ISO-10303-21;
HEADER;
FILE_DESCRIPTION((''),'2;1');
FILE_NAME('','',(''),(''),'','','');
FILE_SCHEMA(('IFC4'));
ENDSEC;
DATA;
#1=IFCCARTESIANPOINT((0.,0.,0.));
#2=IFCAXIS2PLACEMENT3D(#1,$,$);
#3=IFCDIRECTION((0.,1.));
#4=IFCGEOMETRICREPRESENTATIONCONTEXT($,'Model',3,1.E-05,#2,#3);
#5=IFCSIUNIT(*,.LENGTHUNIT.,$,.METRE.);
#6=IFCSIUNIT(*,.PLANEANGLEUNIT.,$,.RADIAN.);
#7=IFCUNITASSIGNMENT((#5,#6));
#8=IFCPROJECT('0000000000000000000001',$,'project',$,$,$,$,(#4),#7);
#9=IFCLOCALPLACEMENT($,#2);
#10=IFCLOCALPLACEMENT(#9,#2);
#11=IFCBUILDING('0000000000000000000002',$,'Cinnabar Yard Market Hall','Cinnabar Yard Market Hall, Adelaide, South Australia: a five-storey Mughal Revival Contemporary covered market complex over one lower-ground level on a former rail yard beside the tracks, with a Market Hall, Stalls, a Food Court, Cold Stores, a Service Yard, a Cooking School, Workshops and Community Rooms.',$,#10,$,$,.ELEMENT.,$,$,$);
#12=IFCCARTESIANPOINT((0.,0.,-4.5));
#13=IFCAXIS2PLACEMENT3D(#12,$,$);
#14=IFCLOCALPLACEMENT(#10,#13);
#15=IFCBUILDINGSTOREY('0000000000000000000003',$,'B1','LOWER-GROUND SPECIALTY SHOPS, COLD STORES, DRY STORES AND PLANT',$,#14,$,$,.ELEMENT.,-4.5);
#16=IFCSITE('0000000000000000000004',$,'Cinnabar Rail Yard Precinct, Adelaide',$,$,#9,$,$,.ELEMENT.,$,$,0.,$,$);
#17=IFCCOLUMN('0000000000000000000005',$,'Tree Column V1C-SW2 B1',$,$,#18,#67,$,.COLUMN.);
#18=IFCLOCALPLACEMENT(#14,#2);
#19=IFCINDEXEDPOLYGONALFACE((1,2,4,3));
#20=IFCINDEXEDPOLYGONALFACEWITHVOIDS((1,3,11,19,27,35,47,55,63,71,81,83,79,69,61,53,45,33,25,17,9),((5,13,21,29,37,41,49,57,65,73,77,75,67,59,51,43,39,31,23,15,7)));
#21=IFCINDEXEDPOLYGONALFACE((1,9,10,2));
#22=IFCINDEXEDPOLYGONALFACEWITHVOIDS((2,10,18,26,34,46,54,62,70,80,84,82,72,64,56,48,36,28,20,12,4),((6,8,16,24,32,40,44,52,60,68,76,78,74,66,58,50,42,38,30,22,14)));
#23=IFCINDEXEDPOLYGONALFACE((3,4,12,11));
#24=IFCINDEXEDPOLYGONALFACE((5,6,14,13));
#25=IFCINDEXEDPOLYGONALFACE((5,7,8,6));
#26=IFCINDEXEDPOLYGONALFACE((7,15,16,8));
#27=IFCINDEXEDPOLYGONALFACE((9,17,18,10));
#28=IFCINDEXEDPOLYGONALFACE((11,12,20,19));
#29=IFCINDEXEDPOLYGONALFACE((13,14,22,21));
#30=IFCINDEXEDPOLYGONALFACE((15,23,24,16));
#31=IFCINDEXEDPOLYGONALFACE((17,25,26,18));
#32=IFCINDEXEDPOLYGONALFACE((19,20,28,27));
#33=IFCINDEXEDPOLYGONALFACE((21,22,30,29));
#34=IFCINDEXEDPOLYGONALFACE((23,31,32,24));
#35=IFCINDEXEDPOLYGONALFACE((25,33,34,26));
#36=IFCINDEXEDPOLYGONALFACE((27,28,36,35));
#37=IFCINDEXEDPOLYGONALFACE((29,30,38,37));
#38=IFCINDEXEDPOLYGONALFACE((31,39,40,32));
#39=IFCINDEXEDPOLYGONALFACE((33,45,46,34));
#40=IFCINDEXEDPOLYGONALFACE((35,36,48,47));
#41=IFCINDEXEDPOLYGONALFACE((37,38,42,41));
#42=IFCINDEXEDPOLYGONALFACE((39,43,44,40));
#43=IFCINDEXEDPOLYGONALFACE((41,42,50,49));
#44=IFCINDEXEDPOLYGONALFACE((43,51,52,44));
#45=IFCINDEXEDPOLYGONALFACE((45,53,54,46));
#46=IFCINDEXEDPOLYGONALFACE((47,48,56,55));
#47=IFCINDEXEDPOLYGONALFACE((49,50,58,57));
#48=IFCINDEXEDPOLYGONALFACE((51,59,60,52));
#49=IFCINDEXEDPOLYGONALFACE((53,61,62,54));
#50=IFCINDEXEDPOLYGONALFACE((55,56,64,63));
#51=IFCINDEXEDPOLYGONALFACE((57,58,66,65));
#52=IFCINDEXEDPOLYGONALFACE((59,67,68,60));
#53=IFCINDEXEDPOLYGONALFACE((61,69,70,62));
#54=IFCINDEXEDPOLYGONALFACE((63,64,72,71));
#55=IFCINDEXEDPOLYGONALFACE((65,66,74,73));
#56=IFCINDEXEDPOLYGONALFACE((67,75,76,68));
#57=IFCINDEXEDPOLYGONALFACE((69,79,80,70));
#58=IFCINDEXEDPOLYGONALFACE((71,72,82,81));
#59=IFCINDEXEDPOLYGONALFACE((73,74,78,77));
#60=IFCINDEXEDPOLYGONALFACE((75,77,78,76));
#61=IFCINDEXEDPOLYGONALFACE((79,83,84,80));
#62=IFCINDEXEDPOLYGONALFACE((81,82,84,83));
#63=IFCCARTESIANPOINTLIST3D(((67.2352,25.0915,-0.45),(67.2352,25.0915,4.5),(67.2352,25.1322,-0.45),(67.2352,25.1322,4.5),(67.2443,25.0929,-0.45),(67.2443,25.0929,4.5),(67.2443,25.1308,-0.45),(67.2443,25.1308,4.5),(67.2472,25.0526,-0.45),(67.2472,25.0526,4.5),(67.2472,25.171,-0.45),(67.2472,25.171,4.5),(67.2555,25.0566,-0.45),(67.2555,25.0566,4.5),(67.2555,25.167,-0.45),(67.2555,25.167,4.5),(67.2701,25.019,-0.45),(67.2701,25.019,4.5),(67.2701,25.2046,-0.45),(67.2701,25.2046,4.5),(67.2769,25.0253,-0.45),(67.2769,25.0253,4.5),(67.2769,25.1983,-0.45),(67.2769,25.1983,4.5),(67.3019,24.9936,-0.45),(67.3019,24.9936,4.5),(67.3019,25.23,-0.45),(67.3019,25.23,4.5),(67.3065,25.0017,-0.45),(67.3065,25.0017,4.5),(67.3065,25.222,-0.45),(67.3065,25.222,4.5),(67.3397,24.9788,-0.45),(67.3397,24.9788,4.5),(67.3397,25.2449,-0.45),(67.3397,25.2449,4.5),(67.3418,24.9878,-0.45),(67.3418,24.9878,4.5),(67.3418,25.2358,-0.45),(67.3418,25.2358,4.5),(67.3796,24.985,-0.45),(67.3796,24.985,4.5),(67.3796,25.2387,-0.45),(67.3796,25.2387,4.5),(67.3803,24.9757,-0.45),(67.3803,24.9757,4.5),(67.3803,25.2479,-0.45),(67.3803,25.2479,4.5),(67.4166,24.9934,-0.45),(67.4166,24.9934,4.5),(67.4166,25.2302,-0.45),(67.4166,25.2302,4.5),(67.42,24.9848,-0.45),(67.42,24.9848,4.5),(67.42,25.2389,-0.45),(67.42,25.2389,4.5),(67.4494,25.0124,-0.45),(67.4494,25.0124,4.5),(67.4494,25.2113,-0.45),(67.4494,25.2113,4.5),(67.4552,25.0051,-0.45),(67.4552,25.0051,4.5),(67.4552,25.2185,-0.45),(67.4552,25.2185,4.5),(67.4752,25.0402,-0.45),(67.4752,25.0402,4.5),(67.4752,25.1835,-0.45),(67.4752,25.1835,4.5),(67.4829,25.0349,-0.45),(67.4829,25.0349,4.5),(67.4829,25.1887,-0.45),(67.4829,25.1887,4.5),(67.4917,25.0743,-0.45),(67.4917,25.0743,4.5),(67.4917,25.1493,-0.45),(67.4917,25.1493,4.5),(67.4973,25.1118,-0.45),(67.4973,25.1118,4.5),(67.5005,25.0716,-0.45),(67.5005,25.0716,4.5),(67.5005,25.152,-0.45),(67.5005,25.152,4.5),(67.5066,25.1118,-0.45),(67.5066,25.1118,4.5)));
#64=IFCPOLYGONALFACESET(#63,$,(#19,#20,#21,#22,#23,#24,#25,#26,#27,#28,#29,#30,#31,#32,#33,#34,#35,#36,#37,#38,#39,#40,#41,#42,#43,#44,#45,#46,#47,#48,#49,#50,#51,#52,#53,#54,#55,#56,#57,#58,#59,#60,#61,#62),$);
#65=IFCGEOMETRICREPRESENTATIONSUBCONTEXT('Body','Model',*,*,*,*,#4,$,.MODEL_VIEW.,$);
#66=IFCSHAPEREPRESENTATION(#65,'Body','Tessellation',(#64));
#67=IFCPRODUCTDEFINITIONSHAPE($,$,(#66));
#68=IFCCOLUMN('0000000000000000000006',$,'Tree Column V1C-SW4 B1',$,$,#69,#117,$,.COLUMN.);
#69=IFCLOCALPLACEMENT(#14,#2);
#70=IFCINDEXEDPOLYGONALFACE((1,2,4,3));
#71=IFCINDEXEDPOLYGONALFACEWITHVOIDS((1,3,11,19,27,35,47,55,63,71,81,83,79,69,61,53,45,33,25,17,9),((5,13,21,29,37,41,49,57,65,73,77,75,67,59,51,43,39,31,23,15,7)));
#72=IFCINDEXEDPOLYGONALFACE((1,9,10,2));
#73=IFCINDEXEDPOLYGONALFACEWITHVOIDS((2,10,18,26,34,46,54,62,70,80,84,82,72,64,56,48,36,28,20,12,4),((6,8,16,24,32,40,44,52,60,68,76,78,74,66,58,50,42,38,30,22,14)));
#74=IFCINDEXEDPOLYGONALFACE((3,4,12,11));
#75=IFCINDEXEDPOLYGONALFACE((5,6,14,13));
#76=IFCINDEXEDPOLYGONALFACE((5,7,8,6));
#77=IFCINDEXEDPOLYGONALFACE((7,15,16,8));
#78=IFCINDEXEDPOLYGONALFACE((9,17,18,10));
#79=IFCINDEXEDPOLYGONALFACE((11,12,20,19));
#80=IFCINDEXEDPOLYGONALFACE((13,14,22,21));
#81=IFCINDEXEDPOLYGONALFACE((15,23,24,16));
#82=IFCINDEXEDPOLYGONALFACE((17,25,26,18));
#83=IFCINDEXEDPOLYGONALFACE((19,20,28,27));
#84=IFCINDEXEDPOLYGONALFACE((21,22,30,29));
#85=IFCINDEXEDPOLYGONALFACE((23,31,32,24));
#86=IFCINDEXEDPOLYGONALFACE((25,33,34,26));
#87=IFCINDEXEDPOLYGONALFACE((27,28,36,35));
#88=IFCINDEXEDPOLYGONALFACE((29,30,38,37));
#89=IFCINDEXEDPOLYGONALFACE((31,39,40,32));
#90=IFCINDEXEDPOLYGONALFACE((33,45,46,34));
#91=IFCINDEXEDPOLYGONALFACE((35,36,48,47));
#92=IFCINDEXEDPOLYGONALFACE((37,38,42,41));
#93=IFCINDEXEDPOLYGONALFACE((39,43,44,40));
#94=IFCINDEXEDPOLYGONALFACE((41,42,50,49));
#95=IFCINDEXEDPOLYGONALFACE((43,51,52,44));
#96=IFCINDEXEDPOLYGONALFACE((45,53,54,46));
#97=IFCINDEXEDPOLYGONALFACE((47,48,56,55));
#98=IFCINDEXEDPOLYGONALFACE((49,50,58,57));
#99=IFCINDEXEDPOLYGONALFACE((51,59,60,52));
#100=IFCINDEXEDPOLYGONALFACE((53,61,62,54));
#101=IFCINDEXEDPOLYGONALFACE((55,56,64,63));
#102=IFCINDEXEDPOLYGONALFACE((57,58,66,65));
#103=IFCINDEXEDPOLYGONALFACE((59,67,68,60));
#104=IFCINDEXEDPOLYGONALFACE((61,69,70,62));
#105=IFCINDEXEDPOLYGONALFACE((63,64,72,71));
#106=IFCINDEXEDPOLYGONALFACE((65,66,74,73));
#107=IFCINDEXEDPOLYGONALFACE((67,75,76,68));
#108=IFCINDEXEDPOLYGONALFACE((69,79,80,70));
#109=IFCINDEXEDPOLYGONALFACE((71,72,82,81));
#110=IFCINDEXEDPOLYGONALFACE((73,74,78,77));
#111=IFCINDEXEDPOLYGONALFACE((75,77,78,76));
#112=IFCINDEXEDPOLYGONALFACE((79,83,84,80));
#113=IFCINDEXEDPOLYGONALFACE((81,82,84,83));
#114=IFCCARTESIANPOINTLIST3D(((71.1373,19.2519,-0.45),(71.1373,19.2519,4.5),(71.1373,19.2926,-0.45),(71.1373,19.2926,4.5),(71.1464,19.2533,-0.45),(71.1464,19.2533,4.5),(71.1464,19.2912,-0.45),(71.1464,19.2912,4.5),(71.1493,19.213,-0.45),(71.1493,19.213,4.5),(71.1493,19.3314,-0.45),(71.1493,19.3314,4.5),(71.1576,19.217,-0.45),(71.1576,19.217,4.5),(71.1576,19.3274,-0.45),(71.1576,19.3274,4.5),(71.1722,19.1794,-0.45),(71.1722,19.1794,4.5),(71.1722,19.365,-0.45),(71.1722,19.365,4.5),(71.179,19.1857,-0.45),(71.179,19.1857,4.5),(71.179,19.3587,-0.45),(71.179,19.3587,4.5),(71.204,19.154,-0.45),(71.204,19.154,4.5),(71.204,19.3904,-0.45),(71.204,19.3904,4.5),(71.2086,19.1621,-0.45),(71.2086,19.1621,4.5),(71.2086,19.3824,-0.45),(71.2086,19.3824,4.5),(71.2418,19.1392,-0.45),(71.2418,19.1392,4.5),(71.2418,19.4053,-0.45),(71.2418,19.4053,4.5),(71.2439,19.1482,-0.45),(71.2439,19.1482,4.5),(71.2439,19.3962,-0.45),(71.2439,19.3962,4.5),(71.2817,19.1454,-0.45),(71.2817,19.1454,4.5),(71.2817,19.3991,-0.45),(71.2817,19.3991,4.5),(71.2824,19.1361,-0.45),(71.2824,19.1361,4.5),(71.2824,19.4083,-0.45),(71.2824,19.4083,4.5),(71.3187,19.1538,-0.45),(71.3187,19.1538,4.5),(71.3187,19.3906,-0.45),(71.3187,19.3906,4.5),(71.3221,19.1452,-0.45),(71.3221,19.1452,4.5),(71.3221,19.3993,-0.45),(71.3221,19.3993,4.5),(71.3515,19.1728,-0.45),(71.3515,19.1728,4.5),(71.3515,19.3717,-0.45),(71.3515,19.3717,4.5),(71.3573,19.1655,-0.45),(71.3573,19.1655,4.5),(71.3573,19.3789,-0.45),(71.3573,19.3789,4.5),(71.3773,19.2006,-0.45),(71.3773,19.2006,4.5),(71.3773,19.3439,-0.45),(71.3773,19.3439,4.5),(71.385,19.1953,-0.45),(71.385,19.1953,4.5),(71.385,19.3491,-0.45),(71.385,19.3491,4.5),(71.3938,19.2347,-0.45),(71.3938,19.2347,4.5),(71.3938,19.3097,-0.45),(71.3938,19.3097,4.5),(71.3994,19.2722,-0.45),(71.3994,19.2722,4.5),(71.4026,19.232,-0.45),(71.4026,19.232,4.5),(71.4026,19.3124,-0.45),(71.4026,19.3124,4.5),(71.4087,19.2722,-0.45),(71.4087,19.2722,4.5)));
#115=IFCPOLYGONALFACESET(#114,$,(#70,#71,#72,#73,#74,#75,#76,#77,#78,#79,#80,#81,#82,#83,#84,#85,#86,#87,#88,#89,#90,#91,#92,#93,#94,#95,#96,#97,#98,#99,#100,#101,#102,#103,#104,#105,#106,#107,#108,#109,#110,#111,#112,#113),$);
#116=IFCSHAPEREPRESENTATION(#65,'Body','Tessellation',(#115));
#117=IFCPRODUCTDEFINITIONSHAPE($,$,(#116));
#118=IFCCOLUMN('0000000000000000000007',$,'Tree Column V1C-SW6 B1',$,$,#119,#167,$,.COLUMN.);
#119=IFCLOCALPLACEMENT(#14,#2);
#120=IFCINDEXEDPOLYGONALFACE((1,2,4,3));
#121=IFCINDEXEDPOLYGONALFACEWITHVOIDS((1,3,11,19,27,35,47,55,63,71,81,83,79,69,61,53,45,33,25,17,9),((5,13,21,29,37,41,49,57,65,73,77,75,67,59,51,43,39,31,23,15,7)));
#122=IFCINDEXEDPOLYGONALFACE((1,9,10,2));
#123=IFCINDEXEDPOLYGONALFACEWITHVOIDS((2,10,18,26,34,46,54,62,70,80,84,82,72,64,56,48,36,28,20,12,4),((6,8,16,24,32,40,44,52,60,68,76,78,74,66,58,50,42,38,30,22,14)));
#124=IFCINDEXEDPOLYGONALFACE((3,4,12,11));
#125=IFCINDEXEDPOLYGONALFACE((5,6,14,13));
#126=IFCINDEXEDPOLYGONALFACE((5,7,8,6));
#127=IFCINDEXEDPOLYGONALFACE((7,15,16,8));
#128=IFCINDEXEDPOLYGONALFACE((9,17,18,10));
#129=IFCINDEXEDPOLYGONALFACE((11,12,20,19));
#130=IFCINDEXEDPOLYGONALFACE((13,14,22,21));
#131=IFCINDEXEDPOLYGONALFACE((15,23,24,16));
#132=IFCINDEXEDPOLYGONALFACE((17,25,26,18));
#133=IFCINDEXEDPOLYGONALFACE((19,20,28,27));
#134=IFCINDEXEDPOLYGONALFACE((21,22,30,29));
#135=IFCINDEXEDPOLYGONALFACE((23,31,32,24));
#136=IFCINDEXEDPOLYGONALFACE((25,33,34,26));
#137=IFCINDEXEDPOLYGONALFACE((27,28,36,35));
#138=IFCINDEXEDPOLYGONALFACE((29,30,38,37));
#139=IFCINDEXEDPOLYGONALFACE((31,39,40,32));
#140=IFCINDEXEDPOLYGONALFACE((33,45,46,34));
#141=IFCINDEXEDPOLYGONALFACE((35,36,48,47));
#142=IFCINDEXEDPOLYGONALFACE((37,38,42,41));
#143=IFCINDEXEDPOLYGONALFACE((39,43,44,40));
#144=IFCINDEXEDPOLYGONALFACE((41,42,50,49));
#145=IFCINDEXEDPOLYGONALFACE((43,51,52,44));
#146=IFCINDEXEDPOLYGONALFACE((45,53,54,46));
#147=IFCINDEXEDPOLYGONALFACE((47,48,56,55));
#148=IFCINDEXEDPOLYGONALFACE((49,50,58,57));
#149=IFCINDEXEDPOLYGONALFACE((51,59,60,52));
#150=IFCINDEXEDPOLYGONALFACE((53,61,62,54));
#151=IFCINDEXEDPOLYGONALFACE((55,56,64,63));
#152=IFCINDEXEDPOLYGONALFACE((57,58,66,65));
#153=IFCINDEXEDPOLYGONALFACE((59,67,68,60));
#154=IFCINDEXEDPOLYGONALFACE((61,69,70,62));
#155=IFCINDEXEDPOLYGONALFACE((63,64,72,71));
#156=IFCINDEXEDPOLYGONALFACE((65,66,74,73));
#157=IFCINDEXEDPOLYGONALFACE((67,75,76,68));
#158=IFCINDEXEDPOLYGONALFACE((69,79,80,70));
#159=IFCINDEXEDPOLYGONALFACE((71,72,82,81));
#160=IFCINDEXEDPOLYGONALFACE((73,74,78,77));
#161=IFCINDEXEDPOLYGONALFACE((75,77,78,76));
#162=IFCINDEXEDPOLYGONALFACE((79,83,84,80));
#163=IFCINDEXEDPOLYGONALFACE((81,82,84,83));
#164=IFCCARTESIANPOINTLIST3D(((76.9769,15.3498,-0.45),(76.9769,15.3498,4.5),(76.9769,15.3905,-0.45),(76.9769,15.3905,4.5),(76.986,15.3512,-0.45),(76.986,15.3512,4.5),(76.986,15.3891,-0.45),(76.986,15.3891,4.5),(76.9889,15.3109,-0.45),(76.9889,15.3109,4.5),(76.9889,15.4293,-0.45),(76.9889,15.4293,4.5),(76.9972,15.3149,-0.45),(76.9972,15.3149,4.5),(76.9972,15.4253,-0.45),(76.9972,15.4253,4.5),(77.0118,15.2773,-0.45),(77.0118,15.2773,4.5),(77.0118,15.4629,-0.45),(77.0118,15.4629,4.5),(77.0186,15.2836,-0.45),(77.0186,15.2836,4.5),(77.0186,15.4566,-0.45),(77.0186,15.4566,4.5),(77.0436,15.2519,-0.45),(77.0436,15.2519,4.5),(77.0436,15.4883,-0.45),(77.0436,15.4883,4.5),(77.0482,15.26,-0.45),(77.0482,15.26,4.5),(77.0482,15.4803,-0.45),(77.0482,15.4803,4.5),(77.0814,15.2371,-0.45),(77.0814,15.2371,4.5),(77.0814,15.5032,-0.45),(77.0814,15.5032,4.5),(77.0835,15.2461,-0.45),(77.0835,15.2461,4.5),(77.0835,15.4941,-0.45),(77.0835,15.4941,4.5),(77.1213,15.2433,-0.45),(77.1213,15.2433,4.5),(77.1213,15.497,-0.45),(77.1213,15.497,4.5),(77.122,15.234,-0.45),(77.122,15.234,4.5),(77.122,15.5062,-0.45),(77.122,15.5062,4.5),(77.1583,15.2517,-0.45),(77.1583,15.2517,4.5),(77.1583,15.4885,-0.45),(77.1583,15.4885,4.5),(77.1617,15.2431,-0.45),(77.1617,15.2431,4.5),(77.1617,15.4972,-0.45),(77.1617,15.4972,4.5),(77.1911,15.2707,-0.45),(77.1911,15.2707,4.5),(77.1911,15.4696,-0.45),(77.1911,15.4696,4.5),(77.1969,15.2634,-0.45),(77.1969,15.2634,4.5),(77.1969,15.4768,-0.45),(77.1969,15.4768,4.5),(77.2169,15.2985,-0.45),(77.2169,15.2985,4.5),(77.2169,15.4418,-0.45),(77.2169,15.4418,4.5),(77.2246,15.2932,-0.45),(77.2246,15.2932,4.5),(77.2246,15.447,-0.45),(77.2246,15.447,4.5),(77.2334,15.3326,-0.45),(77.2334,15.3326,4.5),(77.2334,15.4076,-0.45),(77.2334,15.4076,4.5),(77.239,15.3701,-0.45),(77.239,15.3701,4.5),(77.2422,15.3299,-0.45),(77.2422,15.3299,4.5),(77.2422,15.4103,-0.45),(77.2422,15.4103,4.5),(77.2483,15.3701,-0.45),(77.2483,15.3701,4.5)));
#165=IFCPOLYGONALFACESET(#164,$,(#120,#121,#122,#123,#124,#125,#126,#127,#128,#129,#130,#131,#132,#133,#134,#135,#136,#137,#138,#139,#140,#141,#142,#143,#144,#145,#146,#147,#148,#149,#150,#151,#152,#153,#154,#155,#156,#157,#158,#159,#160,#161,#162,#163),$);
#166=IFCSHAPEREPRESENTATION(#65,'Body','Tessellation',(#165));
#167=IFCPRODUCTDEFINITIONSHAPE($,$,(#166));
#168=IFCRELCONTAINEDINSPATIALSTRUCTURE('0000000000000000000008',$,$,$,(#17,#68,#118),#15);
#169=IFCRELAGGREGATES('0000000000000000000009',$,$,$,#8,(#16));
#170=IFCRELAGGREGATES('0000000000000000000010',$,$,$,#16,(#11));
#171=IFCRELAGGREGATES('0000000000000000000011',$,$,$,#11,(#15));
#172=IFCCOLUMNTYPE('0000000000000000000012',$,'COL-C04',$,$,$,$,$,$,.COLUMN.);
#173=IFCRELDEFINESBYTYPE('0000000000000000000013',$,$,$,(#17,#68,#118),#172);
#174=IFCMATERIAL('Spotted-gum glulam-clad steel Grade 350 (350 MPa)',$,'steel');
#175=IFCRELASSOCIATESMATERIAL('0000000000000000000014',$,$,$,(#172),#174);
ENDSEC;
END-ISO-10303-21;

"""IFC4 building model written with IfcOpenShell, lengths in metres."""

from ifc_helpers import new_model, si_unit, direction, frame, origin, origin_2d_with_axis, place, context, subcontext, project, spatial, hollow_circle, extrude, material, material_profile, profile_set, type_object, element, save


model = new_model("IFC4")

# Units and contexts
model_context = context("Model", 3, precision=1e-05, world=origin(), true_north=direction((0.0, 1.0)))
body_context = subcontext(model_context, "Body", "Model", "MODEL_VIEW")
ifc_project = project(units=[si_unit("LENGTHUNIT", "METRE"), si_unit("PLANEANGLEUNIT", "RADIAN")], contexts=[model_context])

# Site, building, storey
site_placement = place(None, origin())
site = spatial("IfcSite", under=ifc_project, at=site_placement, Name="Cinnabar Rail Yard Precinct, Adelaide", CompositionType="ELEMENT", RefElevation=0.0)
building_placement = place(site_placement, origin())
building = spatial("IfcBuilding", under=site, at=building_placement, Name="Cinnabar Yard Market Hall", Description="Cinnabar Yard Market Hall, Adelaide, South Australia: a five-storey Mughal Revival Contemporary covered market complex over one lower-ground level on a former rail yard beside the tracks, with a Market Hall, Stalls, a Food Court, Cold Stores, a Service Yard, a Cooking School, Workshops and Community Rooms.", CompositionType="ELEMENT")
storey_placement = place(building_placement, frame((0.0, 0.0, -4.5)))
storey = spatial("IfcBuildingStorey", under=building, at=storey_placement, Name="B1", Description="LOWER-GROUND SPECIALTY SHOPS, COLD STORES, DRY STORES AND PLANT", CompositionType="ELEMENT", Elevation=-4.5)

# Columns
ifc_material_1 = material(Name="Spotted-gum glulam-clad steel Grade 350 (350 MPa)", Category="steel")
ifc_material_profile_1 = material_profile(ifc_material_1, hollow_circle(Radius=0.1365, WallThickness=0.0093, at=origin_2d_with_axis()), Name="273.1x9.3CHS")
ifc_profile_set_1 = profile_set([ifc_material_profile_1], Name="Spotted-gum glulam-clad steel Grade 350 (350 MPa)")
column_type_1 = type_object("IfcColumnType", Name="COL-C04", PredefinedType="COLUMN", material=ifc_profile_set_1)
for number, where, z_axis, x_axis, name in (
    (1, (67.3701, 25.1118, -0.45), (0.0, 0.0, 1.0), (1.0, 0.0, 0.0), "Tree Column V1C-SW2 B1"),
    (2, (71.2722, 19.2722, -0.45), (0.0, 0.0, 1.0), (1.0, 0.0, 0.0), "Tree Column V1C-SW4 B1"),
    (3, (77.1118, 15.3701, -0.45), (0.0, 0.0, 1.0), (1.0, 0.0, 0.0), "Tree Column V1C-SW6 B1"),
):
    element("IfcColumn", number, at=place(storey_placement, frame(where, z_axis=z_axis, x_axis=x_axis)), inside=storey, type_object=column_type_1, Name=name, PredefinedType="COLUMN", context=body_context, shape_type="SweptSolid", body=[
        extrude(hollow_circle(Radius=0.1365, WallThickness=0.0093, at=origin_2d_with_axis()), origin(), (0.0, 0.0, 1.0), 4.95),
    ])

save(model, "model.ifc")
